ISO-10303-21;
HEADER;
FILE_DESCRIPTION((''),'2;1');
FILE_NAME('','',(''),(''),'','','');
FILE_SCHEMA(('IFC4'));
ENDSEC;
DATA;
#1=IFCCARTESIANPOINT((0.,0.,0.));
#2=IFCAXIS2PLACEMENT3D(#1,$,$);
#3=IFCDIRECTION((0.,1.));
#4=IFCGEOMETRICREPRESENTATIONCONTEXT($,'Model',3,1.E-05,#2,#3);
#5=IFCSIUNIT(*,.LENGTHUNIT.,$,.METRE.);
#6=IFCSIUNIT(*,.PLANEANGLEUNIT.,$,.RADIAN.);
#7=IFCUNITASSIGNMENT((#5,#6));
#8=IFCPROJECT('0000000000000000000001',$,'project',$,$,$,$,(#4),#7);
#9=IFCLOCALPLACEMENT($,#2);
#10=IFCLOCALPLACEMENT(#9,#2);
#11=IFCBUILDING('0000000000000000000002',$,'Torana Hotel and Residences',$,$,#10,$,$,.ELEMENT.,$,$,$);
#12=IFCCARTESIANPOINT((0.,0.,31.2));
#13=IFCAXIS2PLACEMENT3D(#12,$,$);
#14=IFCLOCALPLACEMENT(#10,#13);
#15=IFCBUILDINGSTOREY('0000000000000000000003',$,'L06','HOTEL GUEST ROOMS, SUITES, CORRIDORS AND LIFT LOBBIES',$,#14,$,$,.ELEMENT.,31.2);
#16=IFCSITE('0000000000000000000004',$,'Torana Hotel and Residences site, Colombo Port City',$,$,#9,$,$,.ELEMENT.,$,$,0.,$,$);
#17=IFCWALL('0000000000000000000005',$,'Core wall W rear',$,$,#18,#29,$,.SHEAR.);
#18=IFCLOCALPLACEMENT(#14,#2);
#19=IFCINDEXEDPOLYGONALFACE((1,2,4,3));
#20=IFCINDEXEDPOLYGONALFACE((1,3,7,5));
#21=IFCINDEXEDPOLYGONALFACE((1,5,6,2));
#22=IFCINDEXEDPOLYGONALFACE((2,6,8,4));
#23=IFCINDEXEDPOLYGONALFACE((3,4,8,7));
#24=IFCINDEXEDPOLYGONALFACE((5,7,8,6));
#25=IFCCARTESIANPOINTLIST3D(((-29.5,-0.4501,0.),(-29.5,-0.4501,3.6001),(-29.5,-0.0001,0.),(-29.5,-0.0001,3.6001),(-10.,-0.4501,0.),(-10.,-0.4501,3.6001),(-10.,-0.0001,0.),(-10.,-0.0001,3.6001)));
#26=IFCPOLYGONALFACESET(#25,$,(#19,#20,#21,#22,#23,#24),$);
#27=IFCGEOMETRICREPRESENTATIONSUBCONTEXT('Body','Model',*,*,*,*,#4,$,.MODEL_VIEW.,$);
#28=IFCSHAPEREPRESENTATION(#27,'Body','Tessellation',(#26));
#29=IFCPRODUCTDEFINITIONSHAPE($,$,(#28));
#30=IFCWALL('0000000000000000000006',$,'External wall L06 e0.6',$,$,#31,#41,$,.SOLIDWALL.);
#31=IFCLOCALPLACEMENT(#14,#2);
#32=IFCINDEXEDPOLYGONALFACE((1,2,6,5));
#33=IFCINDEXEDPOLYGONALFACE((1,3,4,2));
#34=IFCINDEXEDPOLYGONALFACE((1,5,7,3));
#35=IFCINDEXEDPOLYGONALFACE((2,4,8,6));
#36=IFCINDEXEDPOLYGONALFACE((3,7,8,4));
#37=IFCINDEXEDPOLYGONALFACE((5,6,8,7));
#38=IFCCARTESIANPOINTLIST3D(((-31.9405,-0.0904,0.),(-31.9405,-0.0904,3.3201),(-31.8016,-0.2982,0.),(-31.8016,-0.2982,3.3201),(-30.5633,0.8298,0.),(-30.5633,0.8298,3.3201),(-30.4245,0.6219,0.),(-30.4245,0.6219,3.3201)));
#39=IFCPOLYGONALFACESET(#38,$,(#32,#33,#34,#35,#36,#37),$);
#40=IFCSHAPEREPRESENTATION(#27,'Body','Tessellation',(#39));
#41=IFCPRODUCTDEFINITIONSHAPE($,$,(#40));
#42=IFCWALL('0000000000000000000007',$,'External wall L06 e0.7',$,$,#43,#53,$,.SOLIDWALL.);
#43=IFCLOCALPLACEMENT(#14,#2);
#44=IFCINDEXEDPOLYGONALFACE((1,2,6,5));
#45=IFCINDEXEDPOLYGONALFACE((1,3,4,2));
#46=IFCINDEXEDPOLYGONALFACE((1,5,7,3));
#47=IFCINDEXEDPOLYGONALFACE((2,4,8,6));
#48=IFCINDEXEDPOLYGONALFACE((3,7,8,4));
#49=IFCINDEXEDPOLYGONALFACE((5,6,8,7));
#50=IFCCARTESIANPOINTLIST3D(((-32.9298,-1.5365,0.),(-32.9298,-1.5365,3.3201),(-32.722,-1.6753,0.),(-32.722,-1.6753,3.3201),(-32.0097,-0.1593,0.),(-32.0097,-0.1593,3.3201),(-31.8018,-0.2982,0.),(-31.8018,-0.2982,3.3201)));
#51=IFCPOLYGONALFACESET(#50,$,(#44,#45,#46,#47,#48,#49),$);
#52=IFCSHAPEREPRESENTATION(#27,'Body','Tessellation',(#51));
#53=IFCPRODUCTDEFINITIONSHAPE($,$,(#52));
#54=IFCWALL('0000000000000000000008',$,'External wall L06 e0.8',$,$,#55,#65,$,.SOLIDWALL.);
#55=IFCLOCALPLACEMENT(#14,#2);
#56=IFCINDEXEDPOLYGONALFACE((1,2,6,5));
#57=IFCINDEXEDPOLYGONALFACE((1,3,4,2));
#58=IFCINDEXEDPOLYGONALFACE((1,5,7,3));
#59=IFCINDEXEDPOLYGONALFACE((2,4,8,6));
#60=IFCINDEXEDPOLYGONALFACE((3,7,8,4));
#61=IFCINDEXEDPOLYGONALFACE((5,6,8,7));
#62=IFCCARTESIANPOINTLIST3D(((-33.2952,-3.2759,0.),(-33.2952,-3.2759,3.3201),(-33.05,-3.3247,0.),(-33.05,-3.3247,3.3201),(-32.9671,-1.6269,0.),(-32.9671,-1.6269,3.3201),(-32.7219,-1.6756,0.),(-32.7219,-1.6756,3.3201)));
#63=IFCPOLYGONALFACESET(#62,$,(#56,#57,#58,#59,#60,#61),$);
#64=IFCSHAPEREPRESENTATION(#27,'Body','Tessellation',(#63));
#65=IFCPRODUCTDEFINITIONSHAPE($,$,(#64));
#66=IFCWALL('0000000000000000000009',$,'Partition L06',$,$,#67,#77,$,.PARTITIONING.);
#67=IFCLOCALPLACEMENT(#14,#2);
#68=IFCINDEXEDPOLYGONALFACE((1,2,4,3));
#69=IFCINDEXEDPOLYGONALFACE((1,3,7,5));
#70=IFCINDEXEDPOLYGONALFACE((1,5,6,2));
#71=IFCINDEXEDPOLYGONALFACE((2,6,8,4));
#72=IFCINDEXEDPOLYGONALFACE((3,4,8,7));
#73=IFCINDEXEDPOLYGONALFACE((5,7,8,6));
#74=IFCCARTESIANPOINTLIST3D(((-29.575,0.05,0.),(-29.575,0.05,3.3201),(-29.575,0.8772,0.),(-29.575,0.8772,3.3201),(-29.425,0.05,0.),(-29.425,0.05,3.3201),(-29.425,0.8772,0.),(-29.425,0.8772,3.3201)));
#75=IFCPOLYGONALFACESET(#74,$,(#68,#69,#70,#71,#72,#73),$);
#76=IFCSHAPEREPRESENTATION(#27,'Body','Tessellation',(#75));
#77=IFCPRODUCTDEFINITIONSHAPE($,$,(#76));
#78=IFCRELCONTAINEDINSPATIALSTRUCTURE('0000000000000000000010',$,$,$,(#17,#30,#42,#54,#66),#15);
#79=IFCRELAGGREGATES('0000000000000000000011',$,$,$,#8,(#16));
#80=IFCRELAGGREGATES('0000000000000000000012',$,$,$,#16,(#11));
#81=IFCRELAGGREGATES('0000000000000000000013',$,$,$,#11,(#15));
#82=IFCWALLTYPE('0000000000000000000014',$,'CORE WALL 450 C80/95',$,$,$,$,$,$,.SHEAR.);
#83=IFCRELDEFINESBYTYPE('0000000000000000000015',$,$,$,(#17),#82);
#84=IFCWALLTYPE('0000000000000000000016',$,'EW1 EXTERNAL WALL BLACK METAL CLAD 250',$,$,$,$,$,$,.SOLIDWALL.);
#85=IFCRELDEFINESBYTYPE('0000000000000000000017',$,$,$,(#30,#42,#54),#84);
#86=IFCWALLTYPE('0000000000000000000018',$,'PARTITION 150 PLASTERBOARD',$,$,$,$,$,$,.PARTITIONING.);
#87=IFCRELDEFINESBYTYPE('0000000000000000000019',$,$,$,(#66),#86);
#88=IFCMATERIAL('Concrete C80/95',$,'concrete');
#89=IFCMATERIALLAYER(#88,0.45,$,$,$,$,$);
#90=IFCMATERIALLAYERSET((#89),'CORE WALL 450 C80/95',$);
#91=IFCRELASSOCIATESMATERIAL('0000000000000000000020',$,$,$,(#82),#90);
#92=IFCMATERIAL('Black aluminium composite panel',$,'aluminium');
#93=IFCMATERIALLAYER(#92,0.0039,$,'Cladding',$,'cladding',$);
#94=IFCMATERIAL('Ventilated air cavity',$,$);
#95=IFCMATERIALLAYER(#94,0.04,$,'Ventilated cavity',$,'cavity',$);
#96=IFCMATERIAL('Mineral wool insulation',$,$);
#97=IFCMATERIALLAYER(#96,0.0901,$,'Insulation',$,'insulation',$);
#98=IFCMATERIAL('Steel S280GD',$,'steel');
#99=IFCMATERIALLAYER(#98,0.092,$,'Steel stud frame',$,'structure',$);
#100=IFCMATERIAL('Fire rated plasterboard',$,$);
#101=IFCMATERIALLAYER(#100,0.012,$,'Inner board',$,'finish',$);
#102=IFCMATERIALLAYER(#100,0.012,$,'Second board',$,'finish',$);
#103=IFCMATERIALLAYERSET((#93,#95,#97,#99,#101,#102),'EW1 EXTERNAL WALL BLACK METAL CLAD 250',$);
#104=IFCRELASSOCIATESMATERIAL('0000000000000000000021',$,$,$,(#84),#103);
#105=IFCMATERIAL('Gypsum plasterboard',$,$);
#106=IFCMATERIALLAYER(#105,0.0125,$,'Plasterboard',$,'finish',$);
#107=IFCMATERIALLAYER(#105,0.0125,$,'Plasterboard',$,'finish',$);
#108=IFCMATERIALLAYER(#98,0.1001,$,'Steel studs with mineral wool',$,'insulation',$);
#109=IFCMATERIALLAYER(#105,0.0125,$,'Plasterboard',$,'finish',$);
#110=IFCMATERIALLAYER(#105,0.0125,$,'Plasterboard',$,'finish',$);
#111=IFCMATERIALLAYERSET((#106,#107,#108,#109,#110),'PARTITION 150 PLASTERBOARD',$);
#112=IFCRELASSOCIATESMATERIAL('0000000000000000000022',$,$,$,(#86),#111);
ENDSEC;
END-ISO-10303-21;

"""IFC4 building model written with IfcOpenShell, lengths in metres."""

from ifc_helpers import new_model, si_unit, direction, frame, frame_2d, origin, place, context, subcontext, project, spatial, rectangle, extrude, material, layer, layer_set, type_object, element, save


model = new_model("IFC4")

# Units and contexts
model_context = context("Model", 3, precision=1e-05, world=origin(), true_north=direction((0.0, 1.0)))
body_context = subcontext(model_context, "Body", "Model", "MODEL_VIEW")
ifc_project = project(units=[si_unit("LENGTHUNIT", "METRE"), si_unit("PLANEANGLEUNIT", "RADIAN")], contexts=[model_context])

# Site, building, storey
site_placement = place(None, origin())
site = spatial("IfcSite", under=ifc_project, at=site_placement, Name="Torana Hotel and Residences site, Colombo Port City", CompositionType="ELEMENT", RefElevation=0.0)
building_placement = place(site_placement, origin())
building = spatial("IfcBuilding", under=site, at=building_placement, Name="Torana Hotel and Residences", CompositionType="ELEMENT")
storey_placement = place(building_placement, frame((0.0, 0.0, 31.2)))
storey = spatial("IfcBuildingStorey", under=building, at=storey_placement, Name="L06", Description="HOTEL GUEST ROOMS, SUITES, CORRIDORS AND LIFT LOBBIES", CompositionType="ELEMENT", Elevation=31.2)

# Walls
ifc_material_1 = material(Name="Concrete C80/95", Category="concrete")
ifc_layer_1 = layer(ifc_material_1, 0.45)
ifc_layer_set_1 = layer_set([ifc_layer_1], Name="CORE WALL 450 C80/95")
wall_type_1 = type_object("IfcWallType", Name="CORE WALL 450 C80/95", PredefinedType="SHEAR", material=ifc_layer_set_1)
wall_1_placement = place(storey_placement, frame((-29.5, -0.2251, 0.0), z_axis=(0.0, 0.0, 1.0), x_axis=(1.0, 0.0, 0.0)))
element("IfcWall", 1, at=wall_1_placement, inside=storey, type_object=wall_type_1, Name="Core wall W rear", PredefinedType="SHEAR", context=body_context, shape_type="SweptSolid", body=[
    extrude(rectangle(XDim=19.5, YDim=0.45, at=frame_2d((9.75, 0.0))), origin(), (0.0, 0.0, 1.0), 3.6001),
])
ifc_material_2 = material(Name="Black aluminium composite panel", Category="aluminium")
ifc_layer_2 = layer(ifc_material_2, 0.0039, Name="Cladding", Category="cladding")
ifc_material_3 = material(Name="Ventilated air cavity")
ifc_layer_3 = layer(ifc_material_3, 0.04, Name="Ventilated cavity", Category="cavity")
ifc_material_4 = material(Name="Mineral wool insulation")
ifc_layer_4 = layer(ifc_material_4, 0.0901, Name="Insulation", Category="insulation")
ifc_material_5 = material(Name="Steel S280GD", Category="steel")
ifc_layer_5 = layer(ifc_material_5, 0.092, Name="Steel stud frame", Category="structure")
ifc_material_6 = material(Name="Fire rated plasterboard")
ifc_layer_6 = layer(ifc_material_6, 0.012, Name="Inner board", Category="finish")
ifc_layer_7 = layer(ifc_material_6, 0.012, Name="Second board", Category="finish")
ifc_layer_set_2 = layer_set([ifc_layer_2, ifc_layer_3, ifc_layer_4, ifc_layer_5, ifc_layer_6, ifc_layer_7], Name="EW1 EXTERNAL WALL BLACK METAL CLAD 250")
wall_type_2 = type_object("IfcWallType", Name="EW1 EXTERNAL WALL BLACK METAL CLAD 250", PredefinedType="SOLIDWALL", material=ifc_layer_set_2)
for number, where, z_axis, x_axis, name in (
    (2, (-30.4939, 0.7258, 0.0), (0.0, 0.0, 1.0), (-0.831483, -0.55555, 0.0), "External wall L06 e0.6"),
    (3, (-31.9058, -0.2288, 0.0), (0.0, 0.0, 1.0), (-0.55555, -0.831483, 0.0), "External wall L06 e0.7"),
):
    element("IfcWall", number, at=place(storey_placement, frame(where, z_axis=z_axis, x_axis=x_axis)), inside=storey, type_object=wall_type_2, Name=name, PredefinedType="SOLIDWALL", context=body_context, shape_type="SweptSolid", body=[
        extrude(rectangle(XDim=1.6562, YDim=0.25, at=frame_2d((0.8281, 0.0))), origin(), (0.0, 0.0, 1.0), 3.3201),
    ])
wall_2_placement = place(storey_placement, frame((-32.8445, -1.6511, 0.0), z_axis=(0.0, 0.0, 1.0), x_axis=(-0.195139, -0.980776, 0.0)))
element("IfcWall", 4, at=wall_2_placement, inside=storey, type_object=wall_type_2, Name="External wall L06 e0.8", PredefinedType="SOLIDWALL", context=body_context, shape_type="SweptSolid", body=[
    extrude(rectangle(XDim=1.6814, YDim=0.25, at=frame_2d((0.8408, 0.0))), origin(), (0.0, 0.0, 1.0), 3.3201),
])
ifc_material_7 = material(Name="Gypsum plasterboard")
ifc_layer_8 = layer(ifc_material_7, 0.0125, Name="Plasterboard", Category="finish")
ifc_layer_9 = layer(ifc_material_7, 0.0125, Name="Plasterboard", Category="finish")
ifc_layer_10 = layer(ifc_material_5, 0.1001, Name="Steel studs with mineral wool", Category="insulation")
ifc_layer_11 = layer(ifc_material_7, 0.0125, Name="Plasterboard", Category="finish")
ifc_layer_12 = layer(ifc_material_7, 0.0125, Name="Plasterboard", Category="finish")
ifc_layer_set_3 = layer_set([ifc_layer_8, ifc_layer_9, ifc_layer_10, ifc_layer_11, ifc_layer_12], Name="PARTITION 150 PLASTERBOARD")
wall_type_3 = type_object("IfcWallType", Name="PARTITION 150 PLASTERBOARD", PredefinedType="PARTITIONING", material=ifc_layer_set_3)
wall_3_placement = place(storey_placement, frame((-29.5, 0.05, 0.0), z_axis=(0.0, 0.0, 1.0), x_axis=(0.0, 1.0, 0.0)))
element("IfcWall", 5, at=wall_3_placement, inside=storey, type_object=wall_type_3, Name="Partition L06", PredefinedType="PARTITIONING", context=body_context, shape_type="SweptSolid", body=[
    extrude(rectangle(XDim=0.8271, YDim=0.1499, at=frame_2d((0.4136, 0.0))), origin(), (0.0, 0.0, 1.0), 3.3201),
])

save(model, "model.ifc")
